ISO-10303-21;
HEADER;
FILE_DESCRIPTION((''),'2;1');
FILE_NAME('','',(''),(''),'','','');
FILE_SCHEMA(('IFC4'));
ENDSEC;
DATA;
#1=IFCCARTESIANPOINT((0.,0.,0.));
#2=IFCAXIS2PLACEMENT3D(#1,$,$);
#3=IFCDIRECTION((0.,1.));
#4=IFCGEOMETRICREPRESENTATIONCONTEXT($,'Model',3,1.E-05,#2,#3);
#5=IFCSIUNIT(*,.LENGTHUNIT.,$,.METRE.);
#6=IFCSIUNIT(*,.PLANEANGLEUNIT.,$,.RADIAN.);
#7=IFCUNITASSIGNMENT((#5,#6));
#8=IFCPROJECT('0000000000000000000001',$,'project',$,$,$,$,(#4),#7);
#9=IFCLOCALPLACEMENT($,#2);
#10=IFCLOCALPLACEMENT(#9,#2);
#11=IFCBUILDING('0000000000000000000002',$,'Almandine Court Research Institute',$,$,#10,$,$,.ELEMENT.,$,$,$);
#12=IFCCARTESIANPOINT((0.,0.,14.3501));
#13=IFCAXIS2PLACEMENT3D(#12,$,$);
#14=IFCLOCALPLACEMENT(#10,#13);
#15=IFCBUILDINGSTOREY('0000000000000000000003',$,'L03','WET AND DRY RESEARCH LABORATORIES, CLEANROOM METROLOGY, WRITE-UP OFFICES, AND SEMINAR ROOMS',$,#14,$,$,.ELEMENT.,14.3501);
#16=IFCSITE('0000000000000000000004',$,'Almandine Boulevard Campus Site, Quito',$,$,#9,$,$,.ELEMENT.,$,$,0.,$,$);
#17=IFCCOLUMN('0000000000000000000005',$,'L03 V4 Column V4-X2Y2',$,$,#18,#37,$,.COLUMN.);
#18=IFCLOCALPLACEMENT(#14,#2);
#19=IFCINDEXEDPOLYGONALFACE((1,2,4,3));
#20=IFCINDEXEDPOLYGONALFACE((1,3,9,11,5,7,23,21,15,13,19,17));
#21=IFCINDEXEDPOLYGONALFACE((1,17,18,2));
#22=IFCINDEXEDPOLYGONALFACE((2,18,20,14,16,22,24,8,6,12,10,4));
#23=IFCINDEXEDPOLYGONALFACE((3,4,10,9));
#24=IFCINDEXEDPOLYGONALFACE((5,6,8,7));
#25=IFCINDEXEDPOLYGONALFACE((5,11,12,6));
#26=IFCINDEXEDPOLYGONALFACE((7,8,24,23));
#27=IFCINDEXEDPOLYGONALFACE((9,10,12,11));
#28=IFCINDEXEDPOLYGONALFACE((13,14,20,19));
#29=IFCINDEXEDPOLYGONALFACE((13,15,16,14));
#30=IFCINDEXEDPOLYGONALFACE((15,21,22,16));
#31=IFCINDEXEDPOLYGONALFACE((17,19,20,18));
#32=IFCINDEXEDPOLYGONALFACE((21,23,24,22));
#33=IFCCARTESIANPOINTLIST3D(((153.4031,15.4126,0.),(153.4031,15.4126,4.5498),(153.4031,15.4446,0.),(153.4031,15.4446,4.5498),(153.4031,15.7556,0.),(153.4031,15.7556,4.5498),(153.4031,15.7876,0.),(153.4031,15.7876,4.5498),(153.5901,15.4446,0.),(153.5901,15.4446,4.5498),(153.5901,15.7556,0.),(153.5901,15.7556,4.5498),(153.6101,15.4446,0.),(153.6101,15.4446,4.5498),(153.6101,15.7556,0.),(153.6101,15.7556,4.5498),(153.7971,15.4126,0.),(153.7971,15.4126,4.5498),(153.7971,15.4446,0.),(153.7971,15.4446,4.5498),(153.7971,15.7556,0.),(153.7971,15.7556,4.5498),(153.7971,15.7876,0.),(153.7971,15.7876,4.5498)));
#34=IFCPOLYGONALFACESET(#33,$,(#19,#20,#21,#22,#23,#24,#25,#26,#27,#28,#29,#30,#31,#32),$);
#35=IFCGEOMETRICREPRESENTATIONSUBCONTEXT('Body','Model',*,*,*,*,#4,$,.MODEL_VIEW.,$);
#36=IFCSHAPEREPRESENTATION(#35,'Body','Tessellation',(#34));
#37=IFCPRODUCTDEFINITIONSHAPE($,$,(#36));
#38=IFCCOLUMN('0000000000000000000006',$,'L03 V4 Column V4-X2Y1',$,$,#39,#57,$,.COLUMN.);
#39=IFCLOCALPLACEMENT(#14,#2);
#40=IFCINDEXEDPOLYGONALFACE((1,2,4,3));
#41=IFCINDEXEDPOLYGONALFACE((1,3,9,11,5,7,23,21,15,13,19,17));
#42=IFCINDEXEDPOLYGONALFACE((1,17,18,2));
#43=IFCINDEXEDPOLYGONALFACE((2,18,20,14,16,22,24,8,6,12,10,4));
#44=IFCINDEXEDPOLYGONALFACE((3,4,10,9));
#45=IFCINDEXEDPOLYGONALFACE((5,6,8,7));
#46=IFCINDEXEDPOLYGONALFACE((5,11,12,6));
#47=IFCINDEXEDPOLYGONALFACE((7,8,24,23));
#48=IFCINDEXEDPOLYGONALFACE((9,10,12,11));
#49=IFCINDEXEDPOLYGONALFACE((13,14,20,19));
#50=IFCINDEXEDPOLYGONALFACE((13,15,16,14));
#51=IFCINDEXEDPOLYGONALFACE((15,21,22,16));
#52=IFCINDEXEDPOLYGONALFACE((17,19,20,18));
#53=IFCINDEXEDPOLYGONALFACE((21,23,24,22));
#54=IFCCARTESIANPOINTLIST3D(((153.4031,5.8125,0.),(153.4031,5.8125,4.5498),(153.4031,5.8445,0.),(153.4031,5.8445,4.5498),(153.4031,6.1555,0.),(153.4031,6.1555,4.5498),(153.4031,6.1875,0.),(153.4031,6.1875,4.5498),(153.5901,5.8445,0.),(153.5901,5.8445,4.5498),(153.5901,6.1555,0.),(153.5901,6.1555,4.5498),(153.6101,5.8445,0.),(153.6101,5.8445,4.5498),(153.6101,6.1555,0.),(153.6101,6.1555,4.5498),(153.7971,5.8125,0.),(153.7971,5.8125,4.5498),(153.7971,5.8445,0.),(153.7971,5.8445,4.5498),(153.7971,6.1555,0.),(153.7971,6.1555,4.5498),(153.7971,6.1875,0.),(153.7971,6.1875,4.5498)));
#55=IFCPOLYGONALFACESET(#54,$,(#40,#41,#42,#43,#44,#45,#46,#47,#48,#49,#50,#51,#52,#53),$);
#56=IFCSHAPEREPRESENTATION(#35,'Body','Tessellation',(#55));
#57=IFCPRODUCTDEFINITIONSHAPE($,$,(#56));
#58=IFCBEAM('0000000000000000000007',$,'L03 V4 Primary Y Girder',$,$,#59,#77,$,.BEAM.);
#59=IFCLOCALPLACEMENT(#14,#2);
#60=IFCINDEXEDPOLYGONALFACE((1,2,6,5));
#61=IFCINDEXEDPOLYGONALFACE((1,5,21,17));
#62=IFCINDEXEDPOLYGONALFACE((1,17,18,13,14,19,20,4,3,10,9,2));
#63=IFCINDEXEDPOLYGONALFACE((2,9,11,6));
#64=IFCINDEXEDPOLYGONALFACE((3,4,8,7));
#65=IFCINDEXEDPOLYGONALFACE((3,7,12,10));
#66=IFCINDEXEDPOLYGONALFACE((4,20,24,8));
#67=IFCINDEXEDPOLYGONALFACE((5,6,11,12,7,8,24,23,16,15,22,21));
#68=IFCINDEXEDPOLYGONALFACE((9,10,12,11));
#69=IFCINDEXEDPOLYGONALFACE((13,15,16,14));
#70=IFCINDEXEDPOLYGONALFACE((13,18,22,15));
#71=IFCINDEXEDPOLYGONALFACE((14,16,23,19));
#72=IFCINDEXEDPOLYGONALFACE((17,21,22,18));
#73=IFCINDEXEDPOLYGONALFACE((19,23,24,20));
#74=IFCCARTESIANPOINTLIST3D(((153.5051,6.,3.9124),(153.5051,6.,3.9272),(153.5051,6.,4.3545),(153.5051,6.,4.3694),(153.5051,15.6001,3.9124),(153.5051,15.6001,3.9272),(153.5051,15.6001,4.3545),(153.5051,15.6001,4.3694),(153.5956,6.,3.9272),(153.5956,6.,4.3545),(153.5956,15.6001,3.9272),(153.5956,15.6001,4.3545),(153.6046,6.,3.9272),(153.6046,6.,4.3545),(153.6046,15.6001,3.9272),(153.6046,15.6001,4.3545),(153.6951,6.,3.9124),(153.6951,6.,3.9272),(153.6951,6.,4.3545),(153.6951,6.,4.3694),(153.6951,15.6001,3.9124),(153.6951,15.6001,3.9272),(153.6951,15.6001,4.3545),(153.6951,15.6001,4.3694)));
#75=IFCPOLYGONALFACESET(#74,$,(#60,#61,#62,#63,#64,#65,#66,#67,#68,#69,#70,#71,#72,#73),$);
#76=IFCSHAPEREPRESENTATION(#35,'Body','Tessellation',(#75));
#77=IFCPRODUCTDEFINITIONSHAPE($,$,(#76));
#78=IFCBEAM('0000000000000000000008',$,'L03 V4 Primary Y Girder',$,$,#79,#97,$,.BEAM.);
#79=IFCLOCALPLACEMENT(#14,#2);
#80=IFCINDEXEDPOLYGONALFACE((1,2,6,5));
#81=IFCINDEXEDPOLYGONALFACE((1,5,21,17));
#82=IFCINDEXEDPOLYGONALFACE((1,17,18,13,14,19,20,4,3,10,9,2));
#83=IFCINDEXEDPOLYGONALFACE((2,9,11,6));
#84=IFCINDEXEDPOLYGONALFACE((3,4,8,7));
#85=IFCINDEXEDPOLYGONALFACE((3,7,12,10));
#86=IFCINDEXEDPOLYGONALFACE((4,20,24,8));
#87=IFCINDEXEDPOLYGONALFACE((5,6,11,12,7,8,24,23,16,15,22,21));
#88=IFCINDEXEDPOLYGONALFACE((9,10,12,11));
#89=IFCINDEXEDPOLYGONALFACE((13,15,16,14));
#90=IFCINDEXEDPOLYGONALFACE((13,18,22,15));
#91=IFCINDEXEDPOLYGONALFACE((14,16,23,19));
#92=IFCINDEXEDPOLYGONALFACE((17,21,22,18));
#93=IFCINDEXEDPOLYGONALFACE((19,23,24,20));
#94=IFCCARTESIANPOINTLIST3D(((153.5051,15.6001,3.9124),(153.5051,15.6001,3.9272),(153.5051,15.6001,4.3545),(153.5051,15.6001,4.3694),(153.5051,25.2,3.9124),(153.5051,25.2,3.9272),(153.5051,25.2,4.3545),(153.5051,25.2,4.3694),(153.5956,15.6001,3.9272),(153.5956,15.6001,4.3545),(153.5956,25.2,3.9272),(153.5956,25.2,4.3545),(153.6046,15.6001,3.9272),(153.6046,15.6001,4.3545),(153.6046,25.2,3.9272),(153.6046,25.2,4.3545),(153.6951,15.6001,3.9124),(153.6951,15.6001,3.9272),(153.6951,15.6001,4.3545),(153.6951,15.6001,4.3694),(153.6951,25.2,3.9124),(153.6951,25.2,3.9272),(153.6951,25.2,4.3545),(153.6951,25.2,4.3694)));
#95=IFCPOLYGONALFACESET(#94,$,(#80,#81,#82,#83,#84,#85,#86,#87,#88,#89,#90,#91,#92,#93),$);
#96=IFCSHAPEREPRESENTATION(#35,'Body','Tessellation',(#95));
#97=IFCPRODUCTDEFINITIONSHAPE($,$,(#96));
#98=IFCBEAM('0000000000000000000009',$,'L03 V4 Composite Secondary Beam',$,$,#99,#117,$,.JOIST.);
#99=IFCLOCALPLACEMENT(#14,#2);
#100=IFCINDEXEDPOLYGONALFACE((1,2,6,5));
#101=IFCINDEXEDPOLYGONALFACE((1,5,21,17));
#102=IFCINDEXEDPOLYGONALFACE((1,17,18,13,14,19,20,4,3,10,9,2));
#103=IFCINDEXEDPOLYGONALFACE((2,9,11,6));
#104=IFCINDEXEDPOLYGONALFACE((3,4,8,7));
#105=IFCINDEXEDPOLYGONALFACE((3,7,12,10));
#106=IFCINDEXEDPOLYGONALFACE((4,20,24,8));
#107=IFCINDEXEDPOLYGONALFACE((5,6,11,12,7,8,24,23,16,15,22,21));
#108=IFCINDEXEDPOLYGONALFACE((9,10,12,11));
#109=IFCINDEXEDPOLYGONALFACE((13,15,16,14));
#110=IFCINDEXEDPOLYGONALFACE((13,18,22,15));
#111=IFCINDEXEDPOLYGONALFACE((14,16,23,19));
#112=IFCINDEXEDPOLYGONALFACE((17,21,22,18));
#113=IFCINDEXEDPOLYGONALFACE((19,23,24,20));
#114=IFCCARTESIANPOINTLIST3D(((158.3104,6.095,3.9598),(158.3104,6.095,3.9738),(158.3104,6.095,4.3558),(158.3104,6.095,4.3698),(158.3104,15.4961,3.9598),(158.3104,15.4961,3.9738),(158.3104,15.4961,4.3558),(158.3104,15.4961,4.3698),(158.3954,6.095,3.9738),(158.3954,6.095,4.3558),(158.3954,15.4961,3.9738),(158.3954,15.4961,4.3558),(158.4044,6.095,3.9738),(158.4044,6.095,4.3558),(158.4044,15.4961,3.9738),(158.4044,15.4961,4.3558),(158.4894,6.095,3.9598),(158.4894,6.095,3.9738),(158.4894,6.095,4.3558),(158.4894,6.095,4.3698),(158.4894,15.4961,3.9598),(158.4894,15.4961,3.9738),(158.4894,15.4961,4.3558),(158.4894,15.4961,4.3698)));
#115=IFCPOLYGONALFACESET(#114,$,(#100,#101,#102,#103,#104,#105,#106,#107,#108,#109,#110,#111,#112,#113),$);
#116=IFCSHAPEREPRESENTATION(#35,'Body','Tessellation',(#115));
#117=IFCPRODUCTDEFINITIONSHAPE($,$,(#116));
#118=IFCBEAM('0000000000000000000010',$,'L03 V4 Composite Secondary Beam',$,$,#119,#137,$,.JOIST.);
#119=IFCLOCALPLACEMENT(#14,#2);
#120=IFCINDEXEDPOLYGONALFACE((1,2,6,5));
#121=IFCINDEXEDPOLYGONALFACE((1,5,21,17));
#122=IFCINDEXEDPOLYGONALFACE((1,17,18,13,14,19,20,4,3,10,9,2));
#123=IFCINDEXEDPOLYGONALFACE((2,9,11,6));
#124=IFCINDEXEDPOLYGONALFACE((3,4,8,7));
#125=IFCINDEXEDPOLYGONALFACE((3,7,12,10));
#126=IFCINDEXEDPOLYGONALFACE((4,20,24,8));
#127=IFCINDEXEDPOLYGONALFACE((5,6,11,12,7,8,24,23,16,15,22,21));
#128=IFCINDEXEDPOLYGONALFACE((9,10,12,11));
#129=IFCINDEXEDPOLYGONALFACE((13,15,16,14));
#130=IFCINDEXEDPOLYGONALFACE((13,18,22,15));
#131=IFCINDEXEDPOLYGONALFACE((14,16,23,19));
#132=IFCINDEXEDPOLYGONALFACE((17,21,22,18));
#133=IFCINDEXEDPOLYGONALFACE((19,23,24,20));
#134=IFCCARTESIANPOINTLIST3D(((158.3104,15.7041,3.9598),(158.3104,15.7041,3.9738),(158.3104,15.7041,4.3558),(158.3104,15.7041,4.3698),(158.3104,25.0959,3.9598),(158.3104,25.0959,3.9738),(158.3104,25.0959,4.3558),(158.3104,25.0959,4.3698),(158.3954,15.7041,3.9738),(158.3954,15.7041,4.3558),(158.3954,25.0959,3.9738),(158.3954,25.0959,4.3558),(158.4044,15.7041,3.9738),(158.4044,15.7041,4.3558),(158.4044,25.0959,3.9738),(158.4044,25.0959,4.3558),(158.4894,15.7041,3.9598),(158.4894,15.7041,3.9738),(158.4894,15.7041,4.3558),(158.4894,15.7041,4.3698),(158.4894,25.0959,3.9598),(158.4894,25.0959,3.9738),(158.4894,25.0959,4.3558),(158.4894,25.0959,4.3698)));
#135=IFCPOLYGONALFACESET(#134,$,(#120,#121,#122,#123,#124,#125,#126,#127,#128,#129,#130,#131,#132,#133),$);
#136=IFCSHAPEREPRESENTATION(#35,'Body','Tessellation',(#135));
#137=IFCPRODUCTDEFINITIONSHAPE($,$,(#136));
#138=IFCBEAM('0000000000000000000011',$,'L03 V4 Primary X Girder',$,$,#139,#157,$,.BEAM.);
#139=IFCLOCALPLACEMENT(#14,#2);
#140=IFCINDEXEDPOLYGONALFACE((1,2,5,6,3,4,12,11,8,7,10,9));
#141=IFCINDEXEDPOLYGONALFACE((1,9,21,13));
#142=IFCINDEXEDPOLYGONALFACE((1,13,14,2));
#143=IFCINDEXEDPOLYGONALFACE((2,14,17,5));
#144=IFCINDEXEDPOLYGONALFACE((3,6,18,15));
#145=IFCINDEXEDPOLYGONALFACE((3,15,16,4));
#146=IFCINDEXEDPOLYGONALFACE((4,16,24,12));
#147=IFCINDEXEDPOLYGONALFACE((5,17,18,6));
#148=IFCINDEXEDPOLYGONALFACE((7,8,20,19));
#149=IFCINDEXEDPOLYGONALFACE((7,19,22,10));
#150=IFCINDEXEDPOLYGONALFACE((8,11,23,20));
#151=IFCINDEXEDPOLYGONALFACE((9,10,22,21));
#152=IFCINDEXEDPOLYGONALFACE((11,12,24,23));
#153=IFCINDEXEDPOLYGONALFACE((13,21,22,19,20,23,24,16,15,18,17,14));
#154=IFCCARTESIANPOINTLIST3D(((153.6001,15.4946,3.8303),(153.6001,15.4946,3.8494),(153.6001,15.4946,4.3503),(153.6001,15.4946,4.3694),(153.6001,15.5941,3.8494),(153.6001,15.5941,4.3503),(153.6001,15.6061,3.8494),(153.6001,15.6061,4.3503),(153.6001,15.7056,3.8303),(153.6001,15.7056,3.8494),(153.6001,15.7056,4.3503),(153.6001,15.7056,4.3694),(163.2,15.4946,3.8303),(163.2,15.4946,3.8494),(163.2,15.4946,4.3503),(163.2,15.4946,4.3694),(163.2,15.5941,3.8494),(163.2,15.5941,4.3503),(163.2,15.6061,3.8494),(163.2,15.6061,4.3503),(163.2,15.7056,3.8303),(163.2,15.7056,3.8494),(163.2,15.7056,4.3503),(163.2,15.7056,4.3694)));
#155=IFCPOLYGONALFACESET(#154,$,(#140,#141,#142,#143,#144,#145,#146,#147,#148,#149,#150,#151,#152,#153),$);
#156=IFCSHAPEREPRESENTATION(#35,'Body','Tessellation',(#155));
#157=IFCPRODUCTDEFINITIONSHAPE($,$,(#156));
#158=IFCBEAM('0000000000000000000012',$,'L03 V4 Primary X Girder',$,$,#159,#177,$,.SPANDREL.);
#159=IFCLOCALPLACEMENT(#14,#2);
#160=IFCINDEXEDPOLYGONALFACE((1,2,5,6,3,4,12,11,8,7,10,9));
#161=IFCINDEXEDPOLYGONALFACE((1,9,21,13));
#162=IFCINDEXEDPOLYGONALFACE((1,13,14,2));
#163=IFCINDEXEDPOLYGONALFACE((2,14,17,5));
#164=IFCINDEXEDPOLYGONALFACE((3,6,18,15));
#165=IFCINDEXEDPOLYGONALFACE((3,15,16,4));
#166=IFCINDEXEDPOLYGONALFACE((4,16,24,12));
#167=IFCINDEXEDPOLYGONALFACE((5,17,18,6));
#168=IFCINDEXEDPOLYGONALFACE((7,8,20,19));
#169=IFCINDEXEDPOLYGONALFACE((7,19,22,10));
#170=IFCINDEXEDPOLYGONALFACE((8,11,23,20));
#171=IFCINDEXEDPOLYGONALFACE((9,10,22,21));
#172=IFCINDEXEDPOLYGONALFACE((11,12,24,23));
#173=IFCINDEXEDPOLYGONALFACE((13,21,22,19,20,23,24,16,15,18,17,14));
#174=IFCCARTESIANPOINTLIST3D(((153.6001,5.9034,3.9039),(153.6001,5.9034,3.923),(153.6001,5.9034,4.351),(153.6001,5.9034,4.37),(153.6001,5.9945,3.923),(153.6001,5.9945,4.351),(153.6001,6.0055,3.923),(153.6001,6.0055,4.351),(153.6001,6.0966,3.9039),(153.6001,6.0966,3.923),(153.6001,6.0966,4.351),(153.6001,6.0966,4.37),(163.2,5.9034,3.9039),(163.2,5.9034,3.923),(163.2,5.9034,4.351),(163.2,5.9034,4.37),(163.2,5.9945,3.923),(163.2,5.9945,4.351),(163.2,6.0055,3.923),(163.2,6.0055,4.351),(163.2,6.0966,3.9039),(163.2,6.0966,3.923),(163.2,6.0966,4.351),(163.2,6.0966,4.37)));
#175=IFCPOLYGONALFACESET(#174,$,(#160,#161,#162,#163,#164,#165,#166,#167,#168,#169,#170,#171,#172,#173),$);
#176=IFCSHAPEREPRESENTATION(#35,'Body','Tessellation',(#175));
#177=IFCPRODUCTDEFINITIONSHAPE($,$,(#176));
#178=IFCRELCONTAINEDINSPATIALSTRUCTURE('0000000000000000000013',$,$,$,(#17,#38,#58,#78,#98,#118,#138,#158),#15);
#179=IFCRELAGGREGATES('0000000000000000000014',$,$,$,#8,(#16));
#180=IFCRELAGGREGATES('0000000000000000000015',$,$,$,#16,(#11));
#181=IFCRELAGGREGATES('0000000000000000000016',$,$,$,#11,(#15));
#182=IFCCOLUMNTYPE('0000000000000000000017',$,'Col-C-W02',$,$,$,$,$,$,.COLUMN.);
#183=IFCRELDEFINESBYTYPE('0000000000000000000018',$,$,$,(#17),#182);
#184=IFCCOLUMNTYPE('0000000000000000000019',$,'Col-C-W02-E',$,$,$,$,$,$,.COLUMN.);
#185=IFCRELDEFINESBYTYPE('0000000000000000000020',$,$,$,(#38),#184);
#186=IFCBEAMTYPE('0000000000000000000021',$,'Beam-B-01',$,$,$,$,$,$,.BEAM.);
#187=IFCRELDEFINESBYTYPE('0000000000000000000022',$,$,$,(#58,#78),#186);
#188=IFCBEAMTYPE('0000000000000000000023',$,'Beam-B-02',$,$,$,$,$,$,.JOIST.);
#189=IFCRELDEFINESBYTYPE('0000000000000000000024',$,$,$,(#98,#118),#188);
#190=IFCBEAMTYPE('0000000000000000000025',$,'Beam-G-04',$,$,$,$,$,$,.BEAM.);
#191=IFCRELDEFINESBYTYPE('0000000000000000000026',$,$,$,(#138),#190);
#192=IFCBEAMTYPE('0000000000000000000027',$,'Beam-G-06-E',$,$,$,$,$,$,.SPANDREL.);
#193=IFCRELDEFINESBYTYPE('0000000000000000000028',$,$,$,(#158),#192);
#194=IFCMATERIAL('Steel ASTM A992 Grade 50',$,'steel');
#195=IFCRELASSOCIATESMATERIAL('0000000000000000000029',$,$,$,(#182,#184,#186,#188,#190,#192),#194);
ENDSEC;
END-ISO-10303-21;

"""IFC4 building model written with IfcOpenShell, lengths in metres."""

from ifc_helpers import new_model, si_unit, direction, frame, origin, origin_2d, place, context, subcontext, project, spatial, i_section, extrude, material, material_profile, profile_set, type_object, element, save


model = new_model("IFC4")

# Units and contexts
model_context = context("Model", 3, precision=1e-05, world=origin(), true_north=direction((0.0, 1.0)))
body_context = subcontext(model_context, "Body", "Model", "MODEL_VIEW")
ifc_project = project(units=[si_unit("LENGTHUNIT", "METRE"), si_unit("PLANEANGLEUNIT", "RADIAN")], contexts=[model_context])

# Site, building, storey
site_placement = place(None, origin())
site = spatial("IfcSite", under=ifc_project, at=site_placement, Name="Almandine Boulevard Campus Site, Quito", CompositionType="ELEMENT", RefElevation=0.0)
building_placement = place(site_placement, origin())
building = spatial("IfcBuilding", under=site, at=building_placement, Name="Almandine Court Research Institute", CompositionType="ELEMENT")
storey_placement = place(building_placement, frame((0.0, 0.0, 14.3501)))
storey = spatial("IfcBuildingStorey", under=building, at=storey_placement, Name="L03", Description="WET AND DRY RESEARCH LABORATORIES, CLEANROOM METROLOGY, WRITE-UP OFFICES, AND SEMINAR ROOMS", CompositionType="ELEMENT", Elevation=14.3501)

# Columns
ifc_material_1 = material(Name="Steel ASTM A992 Grade 50", Category="steel")
ifc_material_profile_1 = material_profile(ifc_material_1, i_section(OverallWidth=0.394, OverallDepth=0.375, WebThickness=0.02, FlangeThickness=0.032, at=origin_2d()), Name="W360x216")
ifc_profile_set_1 = profile_set([ifc_material_profile_1], Name="Steel ASTM A992 Grade 50")
column_type_1 = type_object("IfcColumnType", Name="Col-C-W02", PredefinedType="COLUMN", material=ifc_profile_set_1)
column_1_placement = place(storey_placement, frame((153.6001, 15.6001, 0.0), z_axis=(0.0, 0.0, 1.0), x_axis=(1.0, 0.0, 0.0)))
element("IfcColumn", 1, at=column_1_placement, inside=storey, type_object=column_type_1, Name="L03 V4 Column V4-X2Y2", PredefinedType="COLUMN", context=body_context, shape_type="SweptSolid", body=[
    extrude(i_section(OverallWidth=0.394, OverallDepth=0.375, WebThickness=0.02, FlangeThickness=0.032, at=origin_2d()), origin(), (0.0, 0.0, 1.0), 4.5498),
])
ifc_material_profile_2 = material_profile(ifc_material_1, i_section(OverallWidth=0.394, OverallDepth=0.375, WebThickness=0.02, FlangeThickness=0.032, at=origin_2d()), Name="W360x216")
ifc_profile_set_2 = profile_set([ifc_material_profile_2], Name="Steel ASTM A992 Grade 50")
column_type_2 = type_object("IfcColumnType", Name="Col-C-W02-E", PredefinedType="COLUMN", material=ifc_profile_set_2)
column_2_placement = place(storey_placement, frame((153.6001, 6.0, 0.0), z_axis=(0.0, 0.0, 1.0), x_axis=(1.0, 0.0, 0.0)))
element("IfcColumn", 2, at=column_2_placement, inside=storey, type_object=column_type_2, Name="L03 V4 Column V4-X2Y1", PredefinedType="COLUMN", context=body_context, shape_type="SweptSolid", body=[
    extrude(i_section(OverallWidth=0.394, OverallDepth=0.375, WebThickness=0.02, FlangeThickness=0.032, at=origin_2d()), origin(), (0.0, 0.0, 1.0), 4.5498),
])

# Beams
ifc_material_profile_3 = material_profile(ifc_material_1, i_section(OverallWidth=0.1899, OverallDepth=0.457, WebThickness=0.009, FlangeThickness=0.0149, at=origin_2d()), Name="W460x74")
ifc_profile_set_3 = profile_set([ifc_material_profile_3], Name="Steel ASTM A992 Grade 50")
beam_type_1 = type_object("IfcBeamType", Name="Beam-B-01", PredefinedType="BEAM", material=ifc_profile_set_3)
beam_1_placement = place(storey_placement, frame((153.6001, 6.0, 4.1409), z_axis=(0.0, 1.0, 0.0), x_axis=(-1.0, 0.0, 0.0)))
element("IfcBeam", 3, at=beam_1_placement, inside=storey, type_object=beam_type_1, Name="L03 V4 Primary Y Girder", PredefinedType="BEAM", context=body_context, shape_type="SweptSolid", body=[
    extrude(i_section(OverallWidth=0.1899, OverallDepth=0.457, WebThickness=0.009, FlangeThickness=0.0149, at=origin_2d()), origin(), (0.0, 0.0, 1.0), 9.6001),
])
beam_2_placement = place(storey_placement, frame((153.6001, 15.6001, 4.1409), z_axis=(0.0, 1.0, 0.0), x_axis=(-1.0, 0.0, 0.0)))
element("IfcBeam", 4, at=beam_2_placement, inside=storey, type_object=beam_type_1, Name="L03 V4 Primary Y Girder", PredefinedType="BEAM", context=body_context, shape_type="SweptSolid", body=[
    extrude(i_section(OverallWidth=0.1899, OverallDepth=0.457, WebThickness=0.009, FlangeThickness=0.0149, at=origin_2d()), origin(), (0.0, 0.0, 1.0), 9.5999),
])
ifc_material_profile_4 = material_profile(ifc_material_1, i_section(OverallWidth=0.179, OverallDepth=0.4099, WebThickness=0.009, FlangeThickness=0.0139, at=origin_2d()), Name="W410x67")
ifc_profile_set_4 = profile_set([ifc_material_profile_4], Name="Steel ASTM A992 Grade 50")
beam_type_2 = type_object("IfcBeamType", Name="Beam-B-02", PredefinedType="JOIST", material=ifc_profile_set_4)
beam_3_placement = place(storey_placement, frame((158.3999, 6.095, 4.1648), z_axis=(0.0, 1.0, 0.0), x_axis=(-1.0, 0.0, 0.0)))
element("IfcBeam", 5, at=beam_3_placement, inside=storey, type_object=beam_type_2, Name="L03 V4 Composite Secondary Beam", PredefinedType="JOIST", context=body_context, shape_type="SweptSolid", body=[
    extrude(i_section(OverallWidth=0.179, OverallDepth=0.4099, WebThickness=0.009, FlangeThickness=0.0139, at=origin_2d()), origin(), (0.0, 0.0, 1.0), 9.4011),
])
beam_4_placement = place(storey_placement, frame((158.3999, 15.7041, 4.1648), z_axis=(0.0, 1.0, 0.0), x_axis=(-1.0, 0.0, 0.0)))
element("IfcBeam", 6, at=beam_4_placement, inside=storey, type_object=beam_type_2, Name="L03 V4 Composite Secondary Beam", PredefinedType="JOIST", context=body_context, shape_type="SweptSolid", body=[
    extrude(i_section(OverallWidth=0.179, OverallDepth=0.4099, WebThickness=0.009, FlangeThickness=0.0139, at=origin_2d()), origin(), (0.0, 0.0, 1.0), 9.3918),
])
ifc_material_profile_5 = material_profile(ifc_material_1, i_section(OverallWidth=0.2109, OverallDepth=0.5391, WebThickness=0.012, FlangeThickness=0.019, at=origin_2d()), Name="W530x109")
ifc_profile_set_5 = profile_set([ifc_material_profile_5], Name="Steel ASTM A992 Grade 50")
beam_type_3 = type_object("IfcBeamType", Name="Beam-G-04", PredefinedType="BEAM", material=ifc_profile_set_5)
beam_5_placement = place(storey_placement, frame((153.6001, 15.6001, 4.0999), z_axis=(1.0, 0.0, 0.0), x_axis=(0.0, 1.0, 0.0)))
element("IfcBeam", 7, at=beam_5_placement, inside=storey, type_object=beam_type_3, Name="L03 V4 Primary X Girder", PredefinedType="BEAM", context=body_context, shape_type="SweptSolid", body=[
    extrude(i_section(OverallWidth=0.2109, OverallDepth=0.5391, WebThickness=0.012, FlangeThickness=0.019, at=origin_2d()), origin(), (0.0, 0.0, 1.0), 9.5999),
])
ifc_material_profile_6 = material_profile(ifc_material_1, i_section(OverallWidth=0.1931, OverallDepth=0.4661, WebThickness=0.011, FlangeThickness=0.019, at=origin_2d()), Name="W460x97")
ifc_profile_set_6 = profile_set([ifc_material_profile_6], Name="Steel ASTM A992 Grade 50")
beam_type_4 = type_object("IfcBeamType", Name="Beam-G-06-E", PredefinedType="SPANDREL", material=ifc_profile_set_6)
beam_6_placement = place(storey_placement, frame((153.6001, 6.0, 4.137), z_axis=(1.0, 0.0, 0.0), x_axis=(0.0, 1.0, 0.0)))
element("IfcBeam", 8, at=beam_6_placement, inside=storey, type_object=beam_type_4, Name="L03 V4 Primary X Girder", PredefinedType="SPANDREL", context=body_context, shape_type="SweptSolid", body=[
    extrude(i_section(OverallWidth=0.1931, OverallDepth=0.4661, WebThickness=0.011, FlangeThickness=0.019, at=origin_2d()), origin(), (0.0, 0.0, 1.0), 9.5999),
])

save(model, "model.ifc")
